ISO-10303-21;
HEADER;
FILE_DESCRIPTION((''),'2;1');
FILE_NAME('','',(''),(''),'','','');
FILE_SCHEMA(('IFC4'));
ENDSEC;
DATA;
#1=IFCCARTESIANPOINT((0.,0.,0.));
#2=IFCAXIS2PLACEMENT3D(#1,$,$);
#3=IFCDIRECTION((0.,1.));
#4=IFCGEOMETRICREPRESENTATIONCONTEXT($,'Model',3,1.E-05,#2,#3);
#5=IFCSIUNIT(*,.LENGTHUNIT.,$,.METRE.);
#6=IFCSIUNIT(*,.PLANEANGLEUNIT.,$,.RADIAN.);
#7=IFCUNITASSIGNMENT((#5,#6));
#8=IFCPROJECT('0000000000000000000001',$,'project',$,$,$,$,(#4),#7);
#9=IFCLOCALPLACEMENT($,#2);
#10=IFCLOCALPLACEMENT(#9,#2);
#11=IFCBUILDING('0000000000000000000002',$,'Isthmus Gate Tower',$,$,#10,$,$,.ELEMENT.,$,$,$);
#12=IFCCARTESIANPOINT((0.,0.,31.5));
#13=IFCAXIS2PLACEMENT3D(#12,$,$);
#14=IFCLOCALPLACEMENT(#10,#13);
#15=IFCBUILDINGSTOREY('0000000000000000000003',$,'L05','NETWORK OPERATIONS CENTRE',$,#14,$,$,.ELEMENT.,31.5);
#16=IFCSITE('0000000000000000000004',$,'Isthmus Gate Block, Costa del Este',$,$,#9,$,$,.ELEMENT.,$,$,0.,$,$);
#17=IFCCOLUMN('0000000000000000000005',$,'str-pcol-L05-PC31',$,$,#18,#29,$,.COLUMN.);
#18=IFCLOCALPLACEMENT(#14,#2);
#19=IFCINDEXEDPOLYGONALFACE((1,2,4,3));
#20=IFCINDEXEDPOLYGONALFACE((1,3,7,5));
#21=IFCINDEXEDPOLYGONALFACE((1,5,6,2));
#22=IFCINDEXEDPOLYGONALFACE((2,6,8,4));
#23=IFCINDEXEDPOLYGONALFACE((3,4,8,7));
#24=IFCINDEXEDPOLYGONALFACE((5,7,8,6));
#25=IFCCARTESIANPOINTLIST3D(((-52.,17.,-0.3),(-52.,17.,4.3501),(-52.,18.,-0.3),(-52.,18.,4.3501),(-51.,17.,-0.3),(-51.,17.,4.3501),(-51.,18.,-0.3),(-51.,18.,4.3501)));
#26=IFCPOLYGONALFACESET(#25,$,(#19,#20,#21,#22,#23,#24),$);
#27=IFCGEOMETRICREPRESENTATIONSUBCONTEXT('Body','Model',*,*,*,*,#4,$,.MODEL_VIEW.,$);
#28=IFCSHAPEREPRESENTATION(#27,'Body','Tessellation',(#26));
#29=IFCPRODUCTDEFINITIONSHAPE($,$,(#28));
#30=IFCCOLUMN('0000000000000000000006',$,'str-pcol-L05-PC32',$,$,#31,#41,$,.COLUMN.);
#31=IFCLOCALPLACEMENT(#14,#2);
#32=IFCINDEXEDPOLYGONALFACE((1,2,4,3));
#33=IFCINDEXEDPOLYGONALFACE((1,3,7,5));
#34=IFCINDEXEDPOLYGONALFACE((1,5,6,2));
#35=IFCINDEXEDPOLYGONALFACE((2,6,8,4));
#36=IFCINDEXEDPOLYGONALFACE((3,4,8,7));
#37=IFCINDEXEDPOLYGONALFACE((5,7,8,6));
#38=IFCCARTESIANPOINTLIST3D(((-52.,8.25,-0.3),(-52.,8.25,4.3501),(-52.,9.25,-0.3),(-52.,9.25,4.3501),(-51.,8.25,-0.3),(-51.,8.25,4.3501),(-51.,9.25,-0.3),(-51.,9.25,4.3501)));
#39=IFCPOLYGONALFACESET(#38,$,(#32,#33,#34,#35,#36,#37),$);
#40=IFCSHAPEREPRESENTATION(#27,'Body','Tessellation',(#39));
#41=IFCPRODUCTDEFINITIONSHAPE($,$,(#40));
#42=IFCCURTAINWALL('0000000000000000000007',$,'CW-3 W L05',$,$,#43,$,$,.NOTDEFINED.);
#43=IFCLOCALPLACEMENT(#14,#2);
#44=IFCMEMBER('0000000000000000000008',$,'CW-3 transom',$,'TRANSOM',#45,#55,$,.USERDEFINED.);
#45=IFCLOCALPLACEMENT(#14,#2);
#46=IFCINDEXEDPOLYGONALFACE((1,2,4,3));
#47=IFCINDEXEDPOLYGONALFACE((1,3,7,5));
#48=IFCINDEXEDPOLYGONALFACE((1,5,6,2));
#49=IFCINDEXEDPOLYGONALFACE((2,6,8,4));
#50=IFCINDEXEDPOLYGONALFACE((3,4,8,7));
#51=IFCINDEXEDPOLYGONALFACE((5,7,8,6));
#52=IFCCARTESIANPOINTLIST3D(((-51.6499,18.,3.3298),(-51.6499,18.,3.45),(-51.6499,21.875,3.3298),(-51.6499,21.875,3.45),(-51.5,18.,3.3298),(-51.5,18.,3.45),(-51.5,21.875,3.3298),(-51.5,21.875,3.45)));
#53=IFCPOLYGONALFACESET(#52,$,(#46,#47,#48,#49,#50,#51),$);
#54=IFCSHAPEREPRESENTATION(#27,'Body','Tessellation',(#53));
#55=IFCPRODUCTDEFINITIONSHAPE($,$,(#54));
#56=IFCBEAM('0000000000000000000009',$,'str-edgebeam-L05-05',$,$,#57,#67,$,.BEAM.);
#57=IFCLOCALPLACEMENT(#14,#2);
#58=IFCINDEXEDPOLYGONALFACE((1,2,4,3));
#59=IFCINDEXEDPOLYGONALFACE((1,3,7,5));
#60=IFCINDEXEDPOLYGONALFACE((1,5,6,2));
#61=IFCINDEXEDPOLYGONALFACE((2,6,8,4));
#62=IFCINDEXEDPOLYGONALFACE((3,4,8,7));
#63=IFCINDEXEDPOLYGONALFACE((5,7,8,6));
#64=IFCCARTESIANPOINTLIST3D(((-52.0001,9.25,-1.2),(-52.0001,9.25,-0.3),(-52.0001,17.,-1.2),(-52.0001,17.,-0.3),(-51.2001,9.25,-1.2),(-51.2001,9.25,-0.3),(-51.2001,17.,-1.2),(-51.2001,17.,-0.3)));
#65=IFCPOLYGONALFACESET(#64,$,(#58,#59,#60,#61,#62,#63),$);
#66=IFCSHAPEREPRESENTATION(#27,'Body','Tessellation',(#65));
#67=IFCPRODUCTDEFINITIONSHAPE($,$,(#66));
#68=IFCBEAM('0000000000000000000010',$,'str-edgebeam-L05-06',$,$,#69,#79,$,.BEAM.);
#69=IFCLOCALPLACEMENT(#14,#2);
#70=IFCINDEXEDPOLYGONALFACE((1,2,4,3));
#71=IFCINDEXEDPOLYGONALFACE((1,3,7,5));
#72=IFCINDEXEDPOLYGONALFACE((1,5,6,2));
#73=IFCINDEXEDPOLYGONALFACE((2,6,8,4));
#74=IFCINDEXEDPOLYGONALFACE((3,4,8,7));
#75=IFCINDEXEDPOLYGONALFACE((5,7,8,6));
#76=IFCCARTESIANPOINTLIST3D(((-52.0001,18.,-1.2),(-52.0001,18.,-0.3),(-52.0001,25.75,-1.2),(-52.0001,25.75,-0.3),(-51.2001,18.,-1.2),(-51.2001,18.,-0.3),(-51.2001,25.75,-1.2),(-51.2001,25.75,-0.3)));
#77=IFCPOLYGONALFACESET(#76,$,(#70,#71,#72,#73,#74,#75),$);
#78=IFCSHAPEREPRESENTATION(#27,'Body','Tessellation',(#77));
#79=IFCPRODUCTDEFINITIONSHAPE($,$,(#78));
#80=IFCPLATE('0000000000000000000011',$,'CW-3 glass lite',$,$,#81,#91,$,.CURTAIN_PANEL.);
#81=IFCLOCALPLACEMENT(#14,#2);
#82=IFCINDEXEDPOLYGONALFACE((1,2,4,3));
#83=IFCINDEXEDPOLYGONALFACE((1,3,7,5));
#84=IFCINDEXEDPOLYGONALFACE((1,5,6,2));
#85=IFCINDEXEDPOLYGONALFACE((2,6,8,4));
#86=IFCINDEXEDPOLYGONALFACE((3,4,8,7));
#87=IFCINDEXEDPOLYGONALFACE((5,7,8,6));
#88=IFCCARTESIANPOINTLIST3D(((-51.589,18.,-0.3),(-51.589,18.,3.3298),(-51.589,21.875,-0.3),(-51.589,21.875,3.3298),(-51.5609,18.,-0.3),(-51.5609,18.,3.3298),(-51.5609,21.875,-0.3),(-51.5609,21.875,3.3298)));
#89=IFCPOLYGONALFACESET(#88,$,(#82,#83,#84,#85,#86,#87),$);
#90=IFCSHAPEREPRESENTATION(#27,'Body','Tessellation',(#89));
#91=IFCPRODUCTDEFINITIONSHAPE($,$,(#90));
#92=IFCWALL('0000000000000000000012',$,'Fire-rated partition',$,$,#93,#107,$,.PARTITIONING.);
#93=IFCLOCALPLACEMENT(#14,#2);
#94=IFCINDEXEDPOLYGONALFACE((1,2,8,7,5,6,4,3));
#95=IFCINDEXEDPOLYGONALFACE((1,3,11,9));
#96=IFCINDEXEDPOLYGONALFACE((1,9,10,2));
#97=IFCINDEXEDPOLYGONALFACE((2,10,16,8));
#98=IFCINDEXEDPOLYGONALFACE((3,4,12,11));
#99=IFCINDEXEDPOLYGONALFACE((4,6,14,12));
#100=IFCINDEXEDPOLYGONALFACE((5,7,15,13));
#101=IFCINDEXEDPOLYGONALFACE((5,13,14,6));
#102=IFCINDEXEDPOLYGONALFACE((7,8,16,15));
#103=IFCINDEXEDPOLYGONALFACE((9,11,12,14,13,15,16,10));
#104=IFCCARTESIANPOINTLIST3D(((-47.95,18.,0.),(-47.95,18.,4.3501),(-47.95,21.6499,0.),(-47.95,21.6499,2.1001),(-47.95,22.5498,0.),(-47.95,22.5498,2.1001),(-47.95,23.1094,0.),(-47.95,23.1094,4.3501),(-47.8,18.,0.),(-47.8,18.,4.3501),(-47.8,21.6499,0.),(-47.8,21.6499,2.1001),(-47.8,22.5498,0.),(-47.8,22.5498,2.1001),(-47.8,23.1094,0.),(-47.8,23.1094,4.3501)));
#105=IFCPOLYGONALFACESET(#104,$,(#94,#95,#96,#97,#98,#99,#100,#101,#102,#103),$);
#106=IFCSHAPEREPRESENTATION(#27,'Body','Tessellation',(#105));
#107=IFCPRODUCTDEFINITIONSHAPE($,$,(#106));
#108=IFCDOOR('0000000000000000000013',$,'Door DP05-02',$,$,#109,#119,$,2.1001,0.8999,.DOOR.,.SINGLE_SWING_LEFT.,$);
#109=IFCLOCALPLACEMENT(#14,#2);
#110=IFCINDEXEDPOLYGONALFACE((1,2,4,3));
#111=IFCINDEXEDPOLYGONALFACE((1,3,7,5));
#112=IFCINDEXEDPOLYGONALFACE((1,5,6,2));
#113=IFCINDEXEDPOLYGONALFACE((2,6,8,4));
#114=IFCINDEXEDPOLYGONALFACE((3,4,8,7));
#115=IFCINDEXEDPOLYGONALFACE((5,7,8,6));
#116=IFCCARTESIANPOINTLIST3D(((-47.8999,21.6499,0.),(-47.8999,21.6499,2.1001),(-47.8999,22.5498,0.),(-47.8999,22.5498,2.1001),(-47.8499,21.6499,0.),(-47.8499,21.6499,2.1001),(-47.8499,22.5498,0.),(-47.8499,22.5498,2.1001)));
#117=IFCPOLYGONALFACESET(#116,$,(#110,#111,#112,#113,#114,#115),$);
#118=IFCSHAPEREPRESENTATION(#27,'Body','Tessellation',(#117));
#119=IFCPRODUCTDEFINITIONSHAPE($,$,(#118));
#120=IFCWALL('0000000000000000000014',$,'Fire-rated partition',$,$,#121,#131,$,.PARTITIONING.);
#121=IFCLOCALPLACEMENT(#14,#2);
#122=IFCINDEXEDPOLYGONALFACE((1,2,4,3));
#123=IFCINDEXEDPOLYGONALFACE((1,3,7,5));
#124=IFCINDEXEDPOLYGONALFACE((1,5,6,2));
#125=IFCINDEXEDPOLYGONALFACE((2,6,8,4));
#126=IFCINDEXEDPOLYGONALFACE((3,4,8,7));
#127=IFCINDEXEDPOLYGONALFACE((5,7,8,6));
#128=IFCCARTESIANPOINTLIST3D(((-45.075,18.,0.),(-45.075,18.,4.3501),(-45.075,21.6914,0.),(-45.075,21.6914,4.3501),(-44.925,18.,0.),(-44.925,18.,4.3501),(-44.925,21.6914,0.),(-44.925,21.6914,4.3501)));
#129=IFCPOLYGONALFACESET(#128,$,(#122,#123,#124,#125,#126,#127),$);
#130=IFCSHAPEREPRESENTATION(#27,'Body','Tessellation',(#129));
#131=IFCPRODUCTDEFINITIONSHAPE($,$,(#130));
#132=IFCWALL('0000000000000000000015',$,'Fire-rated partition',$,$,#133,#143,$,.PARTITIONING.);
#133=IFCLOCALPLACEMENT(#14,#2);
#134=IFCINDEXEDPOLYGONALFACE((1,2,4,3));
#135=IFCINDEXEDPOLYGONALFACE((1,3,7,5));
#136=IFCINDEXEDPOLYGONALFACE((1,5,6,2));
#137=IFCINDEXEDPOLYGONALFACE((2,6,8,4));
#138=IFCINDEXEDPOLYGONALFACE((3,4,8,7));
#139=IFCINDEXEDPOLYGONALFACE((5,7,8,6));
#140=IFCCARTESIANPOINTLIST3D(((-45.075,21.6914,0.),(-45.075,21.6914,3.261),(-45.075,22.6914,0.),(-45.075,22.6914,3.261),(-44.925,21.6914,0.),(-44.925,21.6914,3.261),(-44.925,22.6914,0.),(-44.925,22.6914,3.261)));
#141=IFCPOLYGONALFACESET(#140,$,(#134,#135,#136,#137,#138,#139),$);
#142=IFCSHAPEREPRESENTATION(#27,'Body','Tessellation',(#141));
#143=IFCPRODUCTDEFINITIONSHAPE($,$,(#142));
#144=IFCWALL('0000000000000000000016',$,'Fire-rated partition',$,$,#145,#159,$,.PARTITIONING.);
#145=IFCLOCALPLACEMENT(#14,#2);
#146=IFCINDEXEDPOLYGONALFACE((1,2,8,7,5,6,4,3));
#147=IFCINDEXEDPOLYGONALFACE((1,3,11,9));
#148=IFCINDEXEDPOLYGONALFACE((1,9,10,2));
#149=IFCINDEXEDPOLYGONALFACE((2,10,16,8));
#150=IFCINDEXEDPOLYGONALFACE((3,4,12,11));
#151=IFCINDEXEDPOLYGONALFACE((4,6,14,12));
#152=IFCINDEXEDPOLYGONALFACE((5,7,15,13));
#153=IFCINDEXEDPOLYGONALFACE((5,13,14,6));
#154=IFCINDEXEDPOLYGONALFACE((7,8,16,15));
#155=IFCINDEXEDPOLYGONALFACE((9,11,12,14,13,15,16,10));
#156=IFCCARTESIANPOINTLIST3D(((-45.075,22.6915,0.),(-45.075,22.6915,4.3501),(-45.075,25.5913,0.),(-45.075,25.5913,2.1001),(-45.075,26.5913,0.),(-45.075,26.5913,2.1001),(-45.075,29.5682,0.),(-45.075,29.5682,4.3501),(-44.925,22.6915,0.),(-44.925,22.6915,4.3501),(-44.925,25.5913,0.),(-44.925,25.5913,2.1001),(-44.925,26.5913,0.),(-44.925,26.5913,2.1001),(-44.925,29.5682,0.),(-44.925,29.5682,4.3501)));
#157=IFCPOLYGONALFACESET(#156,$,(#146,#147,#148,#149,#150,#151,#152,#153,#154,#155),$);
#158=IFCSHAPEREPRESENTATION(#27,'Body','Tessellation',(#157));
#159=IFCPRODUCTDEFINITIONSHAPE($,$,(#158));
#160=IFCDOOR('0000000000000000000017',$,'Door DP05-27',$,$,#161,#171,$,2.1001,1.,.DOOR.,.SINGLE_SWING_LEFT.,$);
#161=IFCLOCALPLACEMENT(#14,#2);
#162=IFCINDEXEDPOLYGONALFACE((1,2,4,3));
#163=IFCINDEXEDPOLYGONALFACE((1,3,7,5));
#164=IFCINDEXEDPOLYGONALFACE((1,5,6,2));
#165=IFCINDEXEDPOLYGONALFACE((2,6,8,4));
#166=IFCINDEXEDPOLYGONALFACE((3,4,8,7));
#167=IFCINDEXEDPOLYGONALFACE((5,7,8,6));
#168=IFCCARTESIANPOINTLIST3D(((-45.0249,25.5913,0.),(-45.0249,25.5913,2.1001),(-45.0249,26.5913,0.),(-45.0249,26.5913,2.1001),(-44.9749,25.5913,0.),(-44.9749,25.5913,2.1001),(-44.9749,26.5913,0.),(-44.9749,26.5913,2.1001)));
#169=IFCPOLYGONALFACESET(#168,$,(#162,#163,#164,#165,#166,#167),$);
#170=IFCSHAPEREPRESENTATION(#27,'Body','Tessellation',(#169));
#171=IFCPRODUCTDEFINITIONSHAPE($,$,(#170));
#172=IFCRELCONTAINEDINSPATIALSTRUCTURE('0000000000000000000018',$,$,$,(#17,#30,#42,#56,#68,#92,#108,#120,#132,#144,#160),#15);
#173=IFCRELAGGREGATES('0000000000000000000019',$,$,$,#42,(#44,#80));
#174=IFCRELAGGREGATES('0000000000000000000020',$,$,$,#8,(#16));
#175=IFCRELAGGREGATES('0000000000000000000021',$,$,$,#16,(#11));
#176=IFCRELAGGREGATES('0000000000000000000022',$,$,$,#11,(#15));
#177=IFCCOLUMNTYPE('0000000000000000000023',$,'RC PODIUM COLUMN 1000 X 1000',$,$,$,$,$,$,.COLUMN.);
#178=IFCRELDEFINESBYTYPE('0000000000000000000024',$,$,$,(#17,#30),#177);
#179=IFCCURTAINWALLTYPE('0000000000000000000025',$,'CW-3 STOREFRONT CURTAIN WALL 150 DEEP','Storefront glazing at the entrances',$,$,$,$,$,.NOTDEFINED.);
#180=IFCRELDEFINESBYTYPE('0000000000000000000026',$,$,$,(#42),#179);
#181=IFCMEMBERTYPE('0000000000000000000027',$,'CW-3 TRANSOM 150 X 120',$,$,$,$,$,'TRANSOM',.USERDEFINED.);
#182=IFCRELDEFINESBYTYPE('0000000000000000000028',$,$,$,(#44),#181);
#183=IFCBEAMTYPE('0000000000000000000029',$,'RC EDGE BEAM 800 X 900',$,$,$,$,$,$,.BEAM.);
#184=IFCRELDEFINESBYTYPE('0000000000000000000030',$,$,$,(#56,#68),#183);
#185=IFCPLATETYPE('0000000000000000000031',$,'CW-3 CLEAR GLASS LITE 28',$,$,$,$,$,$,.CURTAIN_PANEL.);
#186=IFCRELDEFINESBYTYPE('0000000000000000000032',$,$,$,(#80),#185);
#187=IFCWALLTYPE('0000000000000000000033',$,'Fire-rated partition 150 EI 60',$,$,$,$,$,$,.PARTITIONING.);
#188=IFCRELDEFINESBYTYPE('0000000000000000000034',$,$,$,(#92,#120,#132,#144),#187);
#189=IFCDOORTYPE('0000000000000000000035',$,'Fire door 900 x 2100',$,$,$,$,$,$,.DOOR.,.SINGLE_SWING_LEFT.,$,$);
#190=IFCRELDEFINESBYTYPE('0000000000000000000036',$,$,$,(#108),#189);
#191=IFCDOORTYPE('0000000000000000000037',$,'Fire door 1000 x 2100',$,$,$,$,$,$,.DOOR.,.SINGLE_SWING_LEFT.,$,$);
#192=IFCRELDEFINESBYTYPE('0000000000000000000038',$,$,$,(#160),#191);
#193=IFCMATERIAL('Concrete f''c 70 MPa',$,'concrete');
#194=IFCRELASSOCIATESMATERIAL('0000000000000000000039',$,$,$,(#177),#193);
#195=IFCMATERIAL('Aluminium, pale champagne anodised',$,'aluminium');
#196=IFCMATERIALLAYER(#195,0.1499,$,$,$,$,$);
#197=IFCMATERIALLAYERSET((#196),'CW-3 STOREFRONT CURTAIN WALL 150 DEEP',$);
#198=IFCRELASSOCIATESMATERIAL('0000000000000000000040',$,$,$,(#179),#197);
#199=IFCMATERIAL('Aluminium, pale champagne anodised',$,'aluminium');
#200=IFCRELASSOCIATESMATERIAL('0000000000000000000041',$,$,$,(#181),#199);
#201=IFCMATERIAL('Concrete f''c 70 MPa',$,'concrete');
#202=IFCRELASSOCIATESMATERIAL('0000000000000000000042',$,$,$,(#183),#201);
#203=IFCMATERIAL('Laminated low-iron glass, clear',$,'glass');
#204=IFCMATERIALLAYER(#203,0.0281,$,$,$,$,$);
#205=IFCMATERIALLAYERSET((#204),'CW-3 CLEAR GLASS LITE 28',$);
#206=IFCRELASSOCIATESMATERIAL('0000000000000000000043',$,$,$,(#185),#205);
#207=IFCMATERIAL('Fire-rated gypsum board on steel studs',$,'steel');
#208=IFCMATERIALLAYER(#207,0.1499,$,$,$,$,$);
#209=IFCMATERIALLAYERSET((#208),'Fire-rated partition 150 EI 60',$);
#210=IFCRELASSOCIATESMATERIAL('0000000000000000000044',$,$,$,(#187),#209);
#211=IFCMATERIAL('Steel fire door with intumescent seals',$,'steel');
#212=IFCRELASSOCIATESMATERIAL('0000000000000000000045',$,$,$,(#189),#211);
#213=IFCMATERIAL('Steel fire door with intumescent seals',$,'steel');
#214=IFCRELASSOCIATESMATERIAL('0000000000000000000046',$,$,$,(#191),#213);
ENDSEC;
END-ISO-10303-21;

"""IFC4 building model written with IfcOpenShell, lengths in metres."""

from ifc_helpers import new_model, si_unit, direction, frame, frame_2d, origin, origin_2d, place, context, subcontext, project, spatial, rectangle, extrude, material, layer, layer_set, material_profile, profile_set, type_object, element, fill, aggregate, save


model = new_model("IFC4")

# Units and contexts
model_context = context("Model", 3, precision=1e-05, world=origin(), true_north=direction((0.0, 1.0)))
body_context = subcontext(model_context, "Body", "Model", "MODEL_VIEW")
ifc_project = project(units=[si_unit("LENGTHUNIT", "METRE"), si_unit("PLANEANGLEUNIT", "RADIAN")], contexts=[model_context])

# Site, building, storey
site_placement = place(None, origin())
site = spatial("IfcSite", under=ifc_project, at=site_placement, Name="Isthmus Gate Block, Costa del Este", CompositionType="ELEMENT", RefElevation=0.0)
building_placement = place(site_placement, origin())
building = spatial("IfcBuilding", under=site, at=building_placement, Name="Isthmus Gate Tower", CompositionType="ELEMENT")
storey_placement = place(building_placement, frame((0.0, 0.0, 31.5)))
storey = spatial("IfcBuildingStorey", under=building, at=storey_placement, Name="L05", Description="NETWORK OPERATIONS CENTRE", CompositionType="ELEMENT", Elevation=31.5)

# Columns
ifc_material_1 = material(Name="Concrete f'c 70 MPa", Category="concrete")
ifc_material_profile_1 = material_profile(ifc_material_1, rectangle(XDim=1.0, YDim=1.0, at=origin_2d()), Name="RC 1000X1000")
ifc_profile_set_1 = profile_set([ifc_material_profile_1], Name="Concrete f'c 70 MPa")
column_type = type_object("IfcColumnType", Name="RC PODIUM COLUMN 1000 X 1000", PredefinedType="COLUMN", material=ifc_profile_set_1)
for number, where, z_axis, x_axis, name in (
    (1, (-51.5, 17.5, -0.3), (0.0, 0.0, 1.0), (0.0, -1.0, 0.0), "str-pcol-L05-PC31"),
    (2, (-51.5, 8.75, -0.3), (0.0, 0.0, 1.0), (0.0, -1.0, 0.0), "str-pcol-L05-PC32"),
):
    element("IfcColumn", number, at=place(storey_placement, frame(where, z_axis=z_axis, x_axis=x_axis)), inside=storey, type_object=column_type, Name=name, PredefinedType="COLUMN", context=body_context, shape_type="SweptSolid", body=[
        extrude(rectangle(XDim=1.0, YDim=1.0, at=origin_2d()), origin(), (0.0, 0.0, 1.0), 4.6501),
    ])

# Curtain wall, member
ifc_material_2 = material(Name="Aluminium, pale champagne anodised", Category="aluminium")
ifc_layer_1 = layer(ifc_material_2, 0.1499)
ifc_layer_set_1 = layer_set([ifc_layer_1], Name="CW-3 STOREFRONT CURTAIN WALL 150 DEEP")
curtain_wall_type = type_object("IfcCurtainWallType", Name="CW-3 STOREFRONT CURTAIN WALL 150 DEEP", Description="Storefront glazing at the entrances", PredefinedType="NOTDEFINED", material=ifc_layer_set_1)
curtain_wall_placement = place(storey_placement, origin())
curtain_wall = element("IfcCurtainWall", 3, at=curtain_wall_placement, inside=storey, type_object=curtain_wall_type, Name="CW-3 W L05", PredefinedType="NOTDEFINED")
ifc_material_3 = material(Name="Aluminium, pale champagne anodised", Category="aluminium")
ifc_material_profile_2 = material_profile(ifc_material_3, rectangle(XDim=0.1499, YDim=0.1201, at=origin_2d()), Name="150x120")
ifc_profile_set_2 = profile_set([ifc_material_profile_2], Name="Aluminium, pale champagne anodised")
member_type = type_object("IfcMemberType", Name="CW-3 TRANSOM 150 X 120", ElementType="TRANSOM", PredefinedType="USERDEFINED", material=ifc_profile_set_2)
member_placement = place(storey_placement, frame((-51.575, 21.875, 3.3899), z_axis=(0.0, -1.0, 0.0), x_axis=(1.0, 0.0, 0.0)))
member = element("IfcMember", 4, at=member_placement, type_object=member_type, Name="CW-3 transom", ObjectType="TRANSOM", PredefinedType="USERDEFINED", context=body_context, shape_type="SweptSolid", body=[
    extrude(rectangle(XDim=0.1499, YDim=0.1201, at=origin_2d()), origin(), (0.0, 0.0, 1.0), 3.875),
])

# Beams
ifc_material_4 = material(Name="Concrete f'c 70 MPa", Category="concrete")
ifc_material_profile_3 = material_profile(ifc_material_4, rectangle(XDim=0.8, YDim=0.8999, at=origin_2d()), Name="RC 800X900")
ifc_profile_set_3 = profile_set([ifc_material_profile_3], Name="Concrete f'c 70 MPa")
beam_type = type_object("IfcBeamType", Name="RC EDGE BEAM 800 X 900", PredefinedType="BEAM", material=ifc_profile_set_3)
for number, where, z_axis, x_axis, name in (
    (5, (-51.6001, 9.25, -0.75), (0.0, 1.0, 0.0), (-1.0, 0.0, 0.0), "str-edgebeam-L05-05"),
    (6, (-51.6001, 18.0, -0.75), (0.0, 1.0, 0.0), (-1.0, 0.0, 0.0), "str-edgebeam-L05-06"),
):
    element("IfcBeam", number, at=place(storey_placement, frame(where, z_axis=z_axis, x_axis=x_axis)), inside=storey, type_object=beam_type, Name=name, PredefinedType="BEAM", context=body_context, shape_type="SweptSolid", body=[
        extrude(rectangle(XDim=0.8, YDim=0.8999, at=origin_2d()), origin(), (0.0, 0.0, 1.0), 7.75),
    ])

# Plate
ifc_material_5 = material(Name="Laminated low-iron glass, clear", Category="glass")
ifc_layer_2 = layer(ifc_material_5, 0.0281)
ifc_layer_set_2 = layer_set([ifc_layer_2], Name="CW-3 CLEAR GLASS LITE 28")
plate_type = type_object("IfcPlateType", Name="CW-3 CLEAR GLASS LITE 28", PredefinedType="CURTAIN_PANEL", material=ifc_layer_set_2)
plate_placement = place(storey_placement, frame((-51.575, 19.9375, -0.3), z_axis=(0.0, 0.0, 1.0), x_axis=(0.0, -1.0, 0.0)))
plate = element("IfcPlate", 7, at=plate_placement, type_object=plate_type, Name="CW-3 glass lite", PredefinedType="CURTAIN_PANEL", context=body_context, shape_type="SweptSolid", body=[
    extrude(rectangle(XDim=3.875, YDim=0.0281, at=origin_2d()), origin(), (0.0, 0.0, 1.0), 3.6299),
])
aggregate(curtain_wall, [member, plate])

# Wall, opening, door
ifc_material_6 = material(Name="Fire-rated gypsum board on steel studs", Category="steel")
ifc_layer_3 = layer(ifc_material_6, 0.1499)
ifc_layer_set_3 = layer_set([ifc_layer_3], Name="Fire-rated partition 150 EI 60")
wall_type_1 = type_object("IfcWallType", Name="Fire-rated partition 150 EI 60", PredefinedType="PARTITIONING", material=ifc_layer_set_3)
wall_1_placement = place(storey_placement, frame((-47.875, 18.0, 0.0), z_axis=(0.0, 0.0, 1.0), x_axis=(0.0, 1.0, 0.0)))
wall_1 = element("IfcWall", 8, at=wall_1_placement, inside=storey, type_object=wall_type_1, Name="Fire-rated partition", PredefinedType="PARTITIONING", context=body_context, shape_type="SweptSolid", body=[
    extrude(rectangle(XDim=5.1094, YDim=0.1499, at=frame_2d((2.5547, 0.0))), origin(), (0.0, 0.0, 1.0), 4.3501),
])
opening_1_placement = place(wall_1_placement, frame((3.6499, 0.0, 0.0)))
opening_1 = element("IfcOpeningElement", 9, at=opening_1_placement, cuts=wall_1, PredefinedType="OPENING", context=body_context, shape_type="SweptSolid", body=[
    extrude(rectangle(XDim=0.8999, YDim=2.1001, at=frame_2d((0.45, 1.05))), frame((0.0, 0.085, 0.0), z_axis=(0.0, -1.0, 0.0), x_axis=(1.0, 0.0, 0.0)), (0.0, 0.0, 1.0), 0.1699),
])
ifc_material_7 = material(Name="Steel fire door with intumescent seals", Category="steel")
door_type_1 = type_object("IfcDoorType", Name="Fire door 900 x 2100", OperationType="SINGLE_SWING_LEFT", PredefinedType="DOOR", material=ifc_material_7)
door_1_placement = place(opening_1_placement, origin())
door_1 = element("IfcDoor", 10, at=door_1_placement, inside=storey, type_object=door_type_1, Name="Door DP05-02", OperationType="SINGLE_SWING_LEFT", OverallHeight=2.1001, OverallWidth=0.8999, PredefinedType="DOOR", context=body_context, shape_type="SweptSolid", body=[
    extrude(rectangle(XDim=0.8999, YDim=2.1001, at=frame_2d((0.45, 1.05))), frame((0.0, 0.0249, 0.0), z_axis=(0.0, -1.0, 0.0), x_axis=(1.0, 0.0, 0.0)), (0.0, 0.0, 1.0), 0.05),
])
fill(opening_1, door_1)

# Walls
wall_2_placement = place(storey_placement, frame((-45.0, 18.0, 0.0), z_axis=(0.0, 0.0, 1.0), x_axis=(0.0, 1.0, 0.0)))
element("IfcWall", 11, at=wall_2_placement, inside=storey, type_object=wall_type_1, Name="Fire-rated partition", PredefinedType="PARTITIONING", context=body_context, shape_type="SweptSolid", body=[
    extrude(rectangle(XDim=3.6914, YDim=0.1499, at=frame_2d((1.8457, 0.0))), origin(), (0.0, 0.0, 1.0), 4.3501),
])
wall_3_placement = place(storey_placement, frame((-45.0, 21.6914, 0.0), z_axis=(0.0, 0.0, 1.0), x_axis=(0.0, 1.0, 0.0)))
element("IfcWall", 12, at=wall_3_placement, inside=storey, type_object=wall_type_1, Name="Fire-rated partition", PredefinedType="PARTITIONING", context=body_context, shape_type="SweptSolid", body=[
    extrude(rectangle(XDim=1.0, YDim=0.1499, at=frame_2d((0.5, 0.0))), origin(), (0.0, 0.0, 1.0), 3.261),
])

# Wall, opening, door
wall_4_placement = place(storey_placement, frame((-45.0, 22.6914, 0.0), z_axis=(0.0, 0.0, 1.0), x_axis=(0.0, 1.0, 0.0)))
wall_4 = element("IfcWall", 13, at=wall_4_placement, inside=storey, type_object=wall_type_1, Name="Fire-rated partition", PredefinedType="PARTITIONING", context=body_context, shape_type="SweptSolid", body=[
    extrude(rectangle(XDim=6.8767, YDim=0.1499, at=frame_2d((3.4385, 0.0))), origin(), (0.0, 0.0, 1.0), 4.3501),
])
opening_2_placement = place(wall_4_placement, frame((2.8999, 0.0, 0.0)))
opening_2 = element("IfcOpeningElement", 14, at=opening_2_placement, cuts=wall_4, PredefinedType="OPENING", context=body_context, shape_type="SweptSolid", body=[
    extrude(rectangle(XDim=1.0, YDim=2.1001, at=frame_2d((0.5, 1.05))), frame((0.0, 0.085, 0.0), z_axis=(0.0, -1.0, 0.0), x_axis=(1.0, 0.0, 0.0)), (0.0, 0.0, 1.0), 0.1699),
])
ifc_material_8 = material(Name="Steel fire door with intumescent seals", Category="steel")
door_type_2 = type_object("IfcDoorType", Name="Fire door 1000 x 2100", OperationType="SINGLE_SWING_LEFT", PredefinedType="DOOR", material=ifc_material_8)
door_2_placement = place(opening_2_placement, origin())
door_2 = element("IfcDoor", 15, at=door_2_placement, inside=storey, type_object=door_type_2, Name="Door DP05-27", OperationType="SINGLE_SWING_LEFT", OverallHeight=2.1001, OverallWidth=1.0, PredefinedType="DOOR", context=body_context, shape_type="SweptSolid", body=[
    extrude(rectangle(XDim=1.0, YDim=2.1001, at=frame_2d((0.5, 1.05))), frame((0.0, 0.0249, 0.0), z_axis=(0.0, -1.0, 0.0), x_axis=(1.0, 0.0, 0.0)), (0.0, 0.0, 1.0), 0.05),
])
fill(opening_2, door_2)

save(model, "model.ifc")
